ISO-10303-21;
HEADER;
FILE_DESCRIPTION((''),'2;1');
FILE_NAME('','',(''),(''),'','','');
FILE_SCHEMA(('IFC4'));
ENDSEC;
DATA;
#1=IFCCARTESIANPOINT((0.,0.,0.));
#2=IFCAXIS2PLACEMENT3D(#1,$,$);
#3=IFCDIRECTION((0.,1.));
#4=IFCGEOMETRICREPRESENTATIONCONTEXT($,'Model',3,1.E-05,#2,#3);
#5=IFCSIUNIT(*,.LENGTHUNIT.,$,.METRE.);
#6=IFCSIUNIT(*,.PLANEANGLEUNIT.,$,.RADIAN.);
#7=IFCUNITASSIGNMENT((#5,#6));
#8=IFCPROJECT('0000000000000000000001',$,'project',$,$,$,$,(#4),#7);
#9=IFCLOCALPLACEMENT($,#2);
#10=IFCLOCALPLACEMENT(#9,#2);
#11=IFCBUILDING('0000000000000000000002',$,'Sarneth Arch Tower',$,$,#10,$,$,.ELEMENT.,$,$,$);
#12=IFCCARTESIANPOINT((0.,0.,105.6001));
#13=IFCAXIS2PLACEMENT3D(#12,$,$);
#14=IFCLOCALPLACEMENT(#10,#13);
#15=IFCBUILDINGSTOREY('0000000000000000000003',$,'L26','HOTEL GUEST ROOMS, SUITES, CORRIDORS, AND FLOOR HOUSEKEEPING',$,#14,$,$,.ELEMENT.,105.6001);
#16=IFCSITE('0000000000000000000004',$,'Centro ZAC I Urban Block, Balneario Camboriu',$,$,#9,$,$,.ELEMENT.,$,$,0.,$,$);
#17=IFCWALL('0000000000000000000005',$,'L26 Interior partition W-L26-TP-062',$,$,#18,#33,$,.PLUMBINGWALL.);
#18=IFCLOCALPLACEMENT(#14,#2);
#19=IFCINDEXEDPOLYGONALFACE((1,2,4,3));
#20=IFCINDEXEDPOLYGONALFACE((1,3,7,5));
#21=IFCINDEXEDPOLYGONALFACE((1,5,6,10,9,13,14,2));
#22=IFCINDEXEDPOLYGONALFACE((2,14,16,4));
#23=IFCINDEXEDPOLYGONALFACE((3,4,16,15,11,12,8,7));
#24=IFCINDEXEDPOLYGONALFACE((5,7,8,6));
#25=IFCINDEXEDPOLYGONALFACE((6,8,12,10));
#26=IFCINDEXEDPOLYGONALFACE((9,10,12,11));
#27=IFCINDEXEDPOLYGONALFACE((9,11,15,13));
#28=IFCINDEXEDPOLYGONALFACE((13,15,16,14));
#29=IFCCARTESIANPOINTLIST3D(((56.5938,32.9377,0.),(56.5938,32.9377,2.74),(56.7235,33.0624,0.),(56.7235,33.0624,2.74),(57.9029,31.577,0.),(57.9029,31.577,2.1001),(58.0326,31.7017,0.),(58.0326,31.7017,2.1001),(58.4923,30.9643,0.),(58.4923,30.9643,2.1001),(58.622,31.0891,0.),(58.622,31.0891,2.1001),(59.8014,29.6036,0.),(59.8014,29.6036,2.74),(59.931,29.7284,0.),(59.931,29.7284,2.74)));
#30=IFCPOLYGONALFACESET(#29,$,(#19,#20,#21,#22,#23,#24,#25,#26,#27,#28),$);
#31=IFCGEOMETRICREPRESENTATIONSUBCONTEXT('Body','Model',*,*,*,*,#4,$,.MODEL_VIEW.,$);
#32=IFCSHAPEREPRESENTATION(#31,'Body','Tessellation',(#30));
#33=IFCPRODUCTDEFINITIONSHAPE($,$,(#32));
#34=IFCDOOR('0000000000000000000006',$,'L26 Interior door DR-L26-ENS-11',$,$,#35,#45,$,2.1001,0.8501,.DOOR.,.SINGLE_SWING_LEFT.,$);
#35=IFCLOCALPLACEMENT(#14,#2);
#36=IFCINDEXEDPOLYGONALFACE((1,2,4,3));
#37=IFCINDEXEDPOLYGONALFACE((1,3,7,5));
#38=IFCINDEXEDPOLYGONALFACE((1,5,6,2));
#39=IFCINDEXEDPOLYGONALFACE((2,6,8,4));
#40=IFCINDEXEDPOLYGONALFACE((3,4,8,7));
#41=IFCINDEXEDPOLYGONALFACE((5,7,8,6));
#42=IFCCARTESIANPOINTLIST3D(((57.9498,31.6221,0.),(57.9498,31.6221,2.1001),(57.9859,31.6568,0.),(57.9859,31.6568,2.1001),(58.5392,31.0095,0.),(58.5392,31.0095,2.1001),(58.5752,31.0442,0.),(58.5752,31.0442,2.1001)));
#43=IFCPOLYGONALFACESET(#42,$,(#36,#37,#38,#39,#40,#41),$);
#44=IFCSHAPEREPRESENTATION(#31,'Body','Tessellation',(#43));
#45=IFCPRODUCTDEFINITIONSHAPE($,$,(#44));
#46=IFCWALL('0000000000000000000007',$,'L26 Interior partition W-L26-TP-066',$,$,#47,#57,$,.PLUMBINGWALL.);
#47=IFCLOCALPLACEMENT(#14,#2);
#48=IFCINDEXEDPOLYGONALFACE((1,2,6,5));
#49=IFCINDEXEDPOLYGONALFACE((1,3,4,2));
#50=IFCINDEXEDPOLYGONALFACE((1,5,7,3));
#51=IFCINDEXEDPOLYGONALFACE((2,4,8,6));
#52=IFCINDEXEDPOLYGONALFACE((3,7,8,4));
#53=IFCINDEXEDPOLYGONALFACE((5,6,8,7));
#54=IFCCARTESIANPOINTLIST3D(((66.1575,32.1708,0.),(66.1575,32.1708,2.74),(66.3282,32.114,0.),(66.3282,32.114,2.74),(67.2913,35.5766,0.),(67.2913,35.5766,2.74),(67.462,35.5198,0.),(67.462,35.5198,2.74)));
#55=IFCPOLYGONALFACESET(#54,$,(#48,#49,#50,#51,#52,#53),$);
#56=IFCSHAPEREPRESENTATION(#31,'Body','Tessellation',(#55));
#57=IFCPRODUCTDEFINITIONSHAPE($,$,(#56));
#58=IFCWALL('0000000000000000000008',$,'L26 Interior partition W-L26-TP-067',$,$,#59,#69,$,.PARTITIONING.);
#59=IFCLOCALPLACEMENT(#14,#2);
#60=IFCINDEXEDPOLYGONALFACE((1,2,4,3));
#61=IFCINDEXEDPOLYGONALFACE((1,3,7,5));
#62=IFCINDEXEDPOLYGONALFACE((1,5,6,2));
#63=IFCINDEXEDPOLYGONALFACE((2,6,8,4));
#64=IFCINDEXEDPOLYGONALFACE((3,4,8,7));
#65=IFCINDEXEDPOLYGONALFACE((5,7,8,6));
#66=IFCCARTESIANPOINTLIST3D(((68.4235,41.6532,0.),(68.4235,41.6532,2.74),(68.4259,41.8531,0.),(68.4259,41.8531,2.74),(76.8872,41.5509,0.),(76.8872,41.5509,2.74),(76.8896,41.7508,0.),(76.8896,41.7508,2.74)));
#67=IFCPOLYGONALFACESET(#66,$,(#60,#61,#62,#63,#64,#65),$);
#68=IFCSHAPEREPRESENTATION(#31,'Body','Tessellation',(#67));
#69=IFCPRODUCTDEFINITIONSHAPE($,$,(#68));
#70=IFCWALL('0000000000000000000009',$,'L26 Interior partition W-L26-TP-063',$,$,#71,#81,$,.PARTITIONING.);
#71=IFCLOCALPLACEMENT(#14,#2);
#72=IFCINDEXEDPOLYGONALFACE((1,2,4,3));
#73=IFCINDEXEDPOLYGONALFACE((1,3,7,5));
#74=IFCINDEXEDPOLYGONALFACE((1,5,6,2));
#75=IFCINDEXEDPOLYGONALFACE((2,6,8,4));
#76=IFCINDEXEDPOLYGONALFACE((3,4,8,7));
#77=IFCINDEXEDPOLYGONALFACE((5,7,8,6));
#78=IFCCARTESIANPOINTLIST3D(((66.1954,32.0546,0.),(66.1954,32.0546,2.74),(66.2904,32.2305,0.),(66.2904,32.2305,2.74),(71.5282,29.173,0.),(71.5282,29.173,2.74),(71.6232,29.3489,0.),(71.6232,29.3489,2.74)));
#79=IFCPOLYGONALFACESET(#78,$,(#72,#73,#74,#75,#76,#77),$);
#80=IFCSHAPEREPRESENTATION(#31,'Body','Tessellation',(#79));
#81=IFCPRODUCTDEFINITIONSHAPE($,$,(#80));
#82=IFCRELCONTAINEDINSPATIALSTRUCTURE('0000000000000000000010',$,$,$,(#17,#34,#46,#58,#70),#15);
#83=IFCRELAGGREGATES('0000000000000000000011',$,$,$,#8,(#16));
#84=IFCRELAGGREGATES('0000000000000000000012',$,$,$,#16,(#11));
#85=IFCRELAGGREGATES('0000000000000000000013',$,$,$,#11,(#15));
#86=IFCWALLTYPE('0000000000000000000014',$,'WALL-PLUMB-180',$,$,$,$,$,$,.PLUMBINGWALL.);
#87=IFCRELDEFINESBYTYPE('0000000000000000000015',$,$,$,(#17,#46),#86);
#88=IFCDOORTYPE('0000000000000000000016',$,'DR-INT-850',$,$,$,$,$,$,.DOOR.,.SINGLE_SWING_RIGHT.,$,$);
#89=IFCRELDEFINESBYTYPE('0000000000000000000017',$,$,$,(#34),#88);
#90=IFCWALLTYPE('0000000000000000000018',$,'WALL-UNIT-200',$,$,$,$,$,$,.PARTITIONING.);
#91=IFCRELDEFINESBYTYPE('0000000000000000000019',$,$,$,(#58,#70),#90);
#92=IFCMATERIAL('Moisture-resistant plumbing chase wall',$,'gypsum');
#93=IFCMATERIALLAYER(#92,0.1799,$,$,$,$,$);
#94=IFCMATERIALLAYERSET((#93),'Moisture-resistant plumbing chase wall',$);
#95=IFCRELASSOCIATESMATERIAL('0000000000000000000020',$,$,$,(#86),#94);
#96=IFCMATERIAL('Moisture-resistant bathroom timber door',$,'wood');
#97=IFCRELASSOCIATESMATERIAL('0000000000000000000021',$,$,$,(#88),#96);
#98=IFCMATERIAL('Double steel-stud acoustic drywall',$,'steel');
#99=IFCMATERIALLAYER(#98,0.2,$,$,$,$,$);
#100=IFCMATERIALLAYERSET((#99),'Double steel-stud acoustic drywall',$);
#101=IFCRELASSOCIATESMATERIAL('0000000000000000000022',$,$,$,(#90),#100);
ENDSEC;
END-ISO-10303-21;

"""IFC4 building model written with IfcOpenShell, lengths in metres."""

from ifc_helpers import new_model, si_unit, direction, frame, frame_2d, origin, place, context, subcontext, project, spatial, rectangle, extrude, material, layer, layer_set, type_object, element, fill, save


model = new_model("IFC4")

# Units and contexts
model_context = context("Model", 3, precision=1e-05, world=origin(), true_north=direction((0.0, 1.0)))
body_context = subcontext(model_context, "Body", "Model", "MODEL_VIEW")
ifc_project = project(units=[si_unit("LENGTHUNIT", "METRE"), si_unit("PLANEANGLEUNIT", "RADIAN")], contexts=[model_context])

# Site, building, storey
site_placement = place(None, origin())
site = spatial("IfcSite", under=ifc_project, at=site_placement, Name="Centro ZAC I Urban Block, Balneario Camboriu", CompositionType="ELEMENT", RefElevation=0.0)
building_placement = place(site_placement, origin())
building = spatial("IfcBuilding", under=site, at=building_placement, Name="Sarneth Arch Tower", CompositionType="ELEMENT")
storey_placement = place(building_placement, frame((0.0, 0.0, 105.6001)))
storey = spatial("IfcBuildingStorey", under=building, at=storey_placement, Name="L26", Description="HOTEL GUEST ROOMS, SUITES, CORRIDORS, AND FLOOR HOUSEKEEPING", CompositionType="ELEMENT", Elevation=105.6001)

# Shared definitions
ifc_material_1 = material(Name="Moisture-resistant plumbing chase wall", Category="gypsum")
ifc_layer_1 = layer(ifc_material_1, 0.1799)
ifc_layer_set_1 = layer_set([ifc_layer_1], Name="Moisture-resistant plumbing chase wall")
wall_type_1 = type_object("IfcWallType", Name="WALL-PLUMB-180", PredefinedType="PLUMBINGWALL", material=ifc_layer_set_1)
ifc_material_2 = material(Name="Moisture-resistant bathroom timber door", Category="wood")
door_type_1 = type_object("IfcDoorType", Name="DR-INT-850", OperationType="SINGLE_SWING_RIGHT", PredefinedType="DOOR", material=ifc_material_2)

# Wall, opening, door
wall_1_placement = place(storey_placement, frame((59.8662, 29.666, 0.0), z_axis=(0.0, 0.0, 1.0), x_axis=(-0.693307, 0.720642, 0.0)))
wall_1 = element("IfcWall", 1, at=wall_1_placement, inside=storey, type_object=wall_type_1, Name="L26 Interior partition W-L26-TP-062", PredefinedType="PLUMBINGWALL", context=body_context, shape_type="SweptSolid", body=[
    extrude(rectangle(XDim=4.6265, YDim=0.1799, at=frame_2d((2.3132, 0.0))), origin(), (0.0, 0.0, 1.0), 2.74),
])
opening_1_placement = place(wall_1_placement, frame((1.8882, 0.0, 0.0)))
opening_1 = element("IfcOpeningElement", 2, at=opening_1_placement, cuts=wall_1, PredefinedType="OPENING", context=body_context, shape_type="SweptSolid", body=[
    extrude(rectangle(XDim=0.8501, YDim=2.1001, at=frame_2d((0.425, 1.05))), frame((0.0, 0.0999, 0.0), z_axis=(0.0, -1.0, 0.0), x_axis=(1.0, 0.0, 0.0)), (0.0, 0.0, 1.0), 0.2),
])
door_1_placement = place(opening_1_placement, origin())
door_1 = element("IfcDoor", 3, at=door_1_placement, inside=storey, type_object=door_type_1, Name="L26 Interior door DR-L26-ENS-11", OperationType="SINGLE_SWING_LEFT", OverallHeight=2.1001, OverallWidth=0.8501, PredefinedType="DOOR", context=body_context, shape_type="SweptSolid", body=[
    extrude(rectangle(XDim=0.8501, YDim=2.1001, at=frame_2d((0.425, 1.05))), frame((0.0, 0.0249, 0.0), z_axis=(0.0, -1.0, 0.0), x_axis=(1.0, 0.0, 0.0)), (0.0, 0.0, 1.0), 0.05),
])
fill(opening_1, door_1)

# Walls
wall_2_placement = place(storey_placement, frame((67.3767, 35.5483, 0.0), z_axis=(0.0, 0.0, 1.0), x_axis=(-0.31586, -0.948806, 0.0)))
element("IfcWall", 4, at=wall_2_placement, inside=storey, type_object=wall_type_1, Name="L26 Interior partition W-L26-TP-066", PredefinedType="PLUMBINGWALL", context=body_context, shape_type="SweptSolid", body=[
    extrude(rectangle(XDim=3.5896, YDim=0.1799, at=frame_2d((1.7949, 0.0))), origin(), (0.0, 0.0, 1.0), 2.74),
])
ifc_material_3 = material(Name="Double steel-stud acoustic drywall", Category="steel")
ifc_layer_2 = layer(ifc_material_3, 0.2)
ifc_layer_set_2 = layer_set([ifc_layer_2], Name="Double steel-stud acoustic drywall")
wall_type_2 = type_object("IfcWallType", Name="WALL-UNIT-200", PredefinedType="PARTITIONING", material=ifc_layer_set_2)
wall_3_placement = place(storey_placement, frame((76.8884, 41.6509, 0.0), z_axis=(0.0, 0.0, 1.0), x_axis=(-0.999927, 0.012086, 0.0)))
element("IfcWall", 5, at=wall_3_placement, inside=storey, type_object=wall_type_2, Name="L26 Interior partition W-L26-TP-067", PredefinedType="PARTITIONING", context=body_context, shape_type="SweptSolid", body=[
    extrude(rectangle(XDim=8.4644, YDim=0.2, at=frame_2d((4.2322, 0.0))), origin(), (0.0, 0.0, 1.0), 2.74),
])
wall_4_placement = place(storey_placement, frame((71.5757, 29.261, 0.0), z_axis=(0.0, 0.0, 1.0), x_axis=(-0.879774, 0.475392, 0.0)))
element("IfcWall", 6, at=wall_4_placement, inside=storey, type_object=wall_type_2, Name="L26 Interior partition W-L26-TP-063", PredefinedType="PARTITIONING", context=body_context, shape_type="SweptSolid", body=[
    extrude(rectangle(XDim=6.0615, YDim=0.2, at=frame_2d((3.0308, 0.0))), origin(), (0.0, 0.0, 1.0), 2.74),
])

save(model, "model.ifc")
